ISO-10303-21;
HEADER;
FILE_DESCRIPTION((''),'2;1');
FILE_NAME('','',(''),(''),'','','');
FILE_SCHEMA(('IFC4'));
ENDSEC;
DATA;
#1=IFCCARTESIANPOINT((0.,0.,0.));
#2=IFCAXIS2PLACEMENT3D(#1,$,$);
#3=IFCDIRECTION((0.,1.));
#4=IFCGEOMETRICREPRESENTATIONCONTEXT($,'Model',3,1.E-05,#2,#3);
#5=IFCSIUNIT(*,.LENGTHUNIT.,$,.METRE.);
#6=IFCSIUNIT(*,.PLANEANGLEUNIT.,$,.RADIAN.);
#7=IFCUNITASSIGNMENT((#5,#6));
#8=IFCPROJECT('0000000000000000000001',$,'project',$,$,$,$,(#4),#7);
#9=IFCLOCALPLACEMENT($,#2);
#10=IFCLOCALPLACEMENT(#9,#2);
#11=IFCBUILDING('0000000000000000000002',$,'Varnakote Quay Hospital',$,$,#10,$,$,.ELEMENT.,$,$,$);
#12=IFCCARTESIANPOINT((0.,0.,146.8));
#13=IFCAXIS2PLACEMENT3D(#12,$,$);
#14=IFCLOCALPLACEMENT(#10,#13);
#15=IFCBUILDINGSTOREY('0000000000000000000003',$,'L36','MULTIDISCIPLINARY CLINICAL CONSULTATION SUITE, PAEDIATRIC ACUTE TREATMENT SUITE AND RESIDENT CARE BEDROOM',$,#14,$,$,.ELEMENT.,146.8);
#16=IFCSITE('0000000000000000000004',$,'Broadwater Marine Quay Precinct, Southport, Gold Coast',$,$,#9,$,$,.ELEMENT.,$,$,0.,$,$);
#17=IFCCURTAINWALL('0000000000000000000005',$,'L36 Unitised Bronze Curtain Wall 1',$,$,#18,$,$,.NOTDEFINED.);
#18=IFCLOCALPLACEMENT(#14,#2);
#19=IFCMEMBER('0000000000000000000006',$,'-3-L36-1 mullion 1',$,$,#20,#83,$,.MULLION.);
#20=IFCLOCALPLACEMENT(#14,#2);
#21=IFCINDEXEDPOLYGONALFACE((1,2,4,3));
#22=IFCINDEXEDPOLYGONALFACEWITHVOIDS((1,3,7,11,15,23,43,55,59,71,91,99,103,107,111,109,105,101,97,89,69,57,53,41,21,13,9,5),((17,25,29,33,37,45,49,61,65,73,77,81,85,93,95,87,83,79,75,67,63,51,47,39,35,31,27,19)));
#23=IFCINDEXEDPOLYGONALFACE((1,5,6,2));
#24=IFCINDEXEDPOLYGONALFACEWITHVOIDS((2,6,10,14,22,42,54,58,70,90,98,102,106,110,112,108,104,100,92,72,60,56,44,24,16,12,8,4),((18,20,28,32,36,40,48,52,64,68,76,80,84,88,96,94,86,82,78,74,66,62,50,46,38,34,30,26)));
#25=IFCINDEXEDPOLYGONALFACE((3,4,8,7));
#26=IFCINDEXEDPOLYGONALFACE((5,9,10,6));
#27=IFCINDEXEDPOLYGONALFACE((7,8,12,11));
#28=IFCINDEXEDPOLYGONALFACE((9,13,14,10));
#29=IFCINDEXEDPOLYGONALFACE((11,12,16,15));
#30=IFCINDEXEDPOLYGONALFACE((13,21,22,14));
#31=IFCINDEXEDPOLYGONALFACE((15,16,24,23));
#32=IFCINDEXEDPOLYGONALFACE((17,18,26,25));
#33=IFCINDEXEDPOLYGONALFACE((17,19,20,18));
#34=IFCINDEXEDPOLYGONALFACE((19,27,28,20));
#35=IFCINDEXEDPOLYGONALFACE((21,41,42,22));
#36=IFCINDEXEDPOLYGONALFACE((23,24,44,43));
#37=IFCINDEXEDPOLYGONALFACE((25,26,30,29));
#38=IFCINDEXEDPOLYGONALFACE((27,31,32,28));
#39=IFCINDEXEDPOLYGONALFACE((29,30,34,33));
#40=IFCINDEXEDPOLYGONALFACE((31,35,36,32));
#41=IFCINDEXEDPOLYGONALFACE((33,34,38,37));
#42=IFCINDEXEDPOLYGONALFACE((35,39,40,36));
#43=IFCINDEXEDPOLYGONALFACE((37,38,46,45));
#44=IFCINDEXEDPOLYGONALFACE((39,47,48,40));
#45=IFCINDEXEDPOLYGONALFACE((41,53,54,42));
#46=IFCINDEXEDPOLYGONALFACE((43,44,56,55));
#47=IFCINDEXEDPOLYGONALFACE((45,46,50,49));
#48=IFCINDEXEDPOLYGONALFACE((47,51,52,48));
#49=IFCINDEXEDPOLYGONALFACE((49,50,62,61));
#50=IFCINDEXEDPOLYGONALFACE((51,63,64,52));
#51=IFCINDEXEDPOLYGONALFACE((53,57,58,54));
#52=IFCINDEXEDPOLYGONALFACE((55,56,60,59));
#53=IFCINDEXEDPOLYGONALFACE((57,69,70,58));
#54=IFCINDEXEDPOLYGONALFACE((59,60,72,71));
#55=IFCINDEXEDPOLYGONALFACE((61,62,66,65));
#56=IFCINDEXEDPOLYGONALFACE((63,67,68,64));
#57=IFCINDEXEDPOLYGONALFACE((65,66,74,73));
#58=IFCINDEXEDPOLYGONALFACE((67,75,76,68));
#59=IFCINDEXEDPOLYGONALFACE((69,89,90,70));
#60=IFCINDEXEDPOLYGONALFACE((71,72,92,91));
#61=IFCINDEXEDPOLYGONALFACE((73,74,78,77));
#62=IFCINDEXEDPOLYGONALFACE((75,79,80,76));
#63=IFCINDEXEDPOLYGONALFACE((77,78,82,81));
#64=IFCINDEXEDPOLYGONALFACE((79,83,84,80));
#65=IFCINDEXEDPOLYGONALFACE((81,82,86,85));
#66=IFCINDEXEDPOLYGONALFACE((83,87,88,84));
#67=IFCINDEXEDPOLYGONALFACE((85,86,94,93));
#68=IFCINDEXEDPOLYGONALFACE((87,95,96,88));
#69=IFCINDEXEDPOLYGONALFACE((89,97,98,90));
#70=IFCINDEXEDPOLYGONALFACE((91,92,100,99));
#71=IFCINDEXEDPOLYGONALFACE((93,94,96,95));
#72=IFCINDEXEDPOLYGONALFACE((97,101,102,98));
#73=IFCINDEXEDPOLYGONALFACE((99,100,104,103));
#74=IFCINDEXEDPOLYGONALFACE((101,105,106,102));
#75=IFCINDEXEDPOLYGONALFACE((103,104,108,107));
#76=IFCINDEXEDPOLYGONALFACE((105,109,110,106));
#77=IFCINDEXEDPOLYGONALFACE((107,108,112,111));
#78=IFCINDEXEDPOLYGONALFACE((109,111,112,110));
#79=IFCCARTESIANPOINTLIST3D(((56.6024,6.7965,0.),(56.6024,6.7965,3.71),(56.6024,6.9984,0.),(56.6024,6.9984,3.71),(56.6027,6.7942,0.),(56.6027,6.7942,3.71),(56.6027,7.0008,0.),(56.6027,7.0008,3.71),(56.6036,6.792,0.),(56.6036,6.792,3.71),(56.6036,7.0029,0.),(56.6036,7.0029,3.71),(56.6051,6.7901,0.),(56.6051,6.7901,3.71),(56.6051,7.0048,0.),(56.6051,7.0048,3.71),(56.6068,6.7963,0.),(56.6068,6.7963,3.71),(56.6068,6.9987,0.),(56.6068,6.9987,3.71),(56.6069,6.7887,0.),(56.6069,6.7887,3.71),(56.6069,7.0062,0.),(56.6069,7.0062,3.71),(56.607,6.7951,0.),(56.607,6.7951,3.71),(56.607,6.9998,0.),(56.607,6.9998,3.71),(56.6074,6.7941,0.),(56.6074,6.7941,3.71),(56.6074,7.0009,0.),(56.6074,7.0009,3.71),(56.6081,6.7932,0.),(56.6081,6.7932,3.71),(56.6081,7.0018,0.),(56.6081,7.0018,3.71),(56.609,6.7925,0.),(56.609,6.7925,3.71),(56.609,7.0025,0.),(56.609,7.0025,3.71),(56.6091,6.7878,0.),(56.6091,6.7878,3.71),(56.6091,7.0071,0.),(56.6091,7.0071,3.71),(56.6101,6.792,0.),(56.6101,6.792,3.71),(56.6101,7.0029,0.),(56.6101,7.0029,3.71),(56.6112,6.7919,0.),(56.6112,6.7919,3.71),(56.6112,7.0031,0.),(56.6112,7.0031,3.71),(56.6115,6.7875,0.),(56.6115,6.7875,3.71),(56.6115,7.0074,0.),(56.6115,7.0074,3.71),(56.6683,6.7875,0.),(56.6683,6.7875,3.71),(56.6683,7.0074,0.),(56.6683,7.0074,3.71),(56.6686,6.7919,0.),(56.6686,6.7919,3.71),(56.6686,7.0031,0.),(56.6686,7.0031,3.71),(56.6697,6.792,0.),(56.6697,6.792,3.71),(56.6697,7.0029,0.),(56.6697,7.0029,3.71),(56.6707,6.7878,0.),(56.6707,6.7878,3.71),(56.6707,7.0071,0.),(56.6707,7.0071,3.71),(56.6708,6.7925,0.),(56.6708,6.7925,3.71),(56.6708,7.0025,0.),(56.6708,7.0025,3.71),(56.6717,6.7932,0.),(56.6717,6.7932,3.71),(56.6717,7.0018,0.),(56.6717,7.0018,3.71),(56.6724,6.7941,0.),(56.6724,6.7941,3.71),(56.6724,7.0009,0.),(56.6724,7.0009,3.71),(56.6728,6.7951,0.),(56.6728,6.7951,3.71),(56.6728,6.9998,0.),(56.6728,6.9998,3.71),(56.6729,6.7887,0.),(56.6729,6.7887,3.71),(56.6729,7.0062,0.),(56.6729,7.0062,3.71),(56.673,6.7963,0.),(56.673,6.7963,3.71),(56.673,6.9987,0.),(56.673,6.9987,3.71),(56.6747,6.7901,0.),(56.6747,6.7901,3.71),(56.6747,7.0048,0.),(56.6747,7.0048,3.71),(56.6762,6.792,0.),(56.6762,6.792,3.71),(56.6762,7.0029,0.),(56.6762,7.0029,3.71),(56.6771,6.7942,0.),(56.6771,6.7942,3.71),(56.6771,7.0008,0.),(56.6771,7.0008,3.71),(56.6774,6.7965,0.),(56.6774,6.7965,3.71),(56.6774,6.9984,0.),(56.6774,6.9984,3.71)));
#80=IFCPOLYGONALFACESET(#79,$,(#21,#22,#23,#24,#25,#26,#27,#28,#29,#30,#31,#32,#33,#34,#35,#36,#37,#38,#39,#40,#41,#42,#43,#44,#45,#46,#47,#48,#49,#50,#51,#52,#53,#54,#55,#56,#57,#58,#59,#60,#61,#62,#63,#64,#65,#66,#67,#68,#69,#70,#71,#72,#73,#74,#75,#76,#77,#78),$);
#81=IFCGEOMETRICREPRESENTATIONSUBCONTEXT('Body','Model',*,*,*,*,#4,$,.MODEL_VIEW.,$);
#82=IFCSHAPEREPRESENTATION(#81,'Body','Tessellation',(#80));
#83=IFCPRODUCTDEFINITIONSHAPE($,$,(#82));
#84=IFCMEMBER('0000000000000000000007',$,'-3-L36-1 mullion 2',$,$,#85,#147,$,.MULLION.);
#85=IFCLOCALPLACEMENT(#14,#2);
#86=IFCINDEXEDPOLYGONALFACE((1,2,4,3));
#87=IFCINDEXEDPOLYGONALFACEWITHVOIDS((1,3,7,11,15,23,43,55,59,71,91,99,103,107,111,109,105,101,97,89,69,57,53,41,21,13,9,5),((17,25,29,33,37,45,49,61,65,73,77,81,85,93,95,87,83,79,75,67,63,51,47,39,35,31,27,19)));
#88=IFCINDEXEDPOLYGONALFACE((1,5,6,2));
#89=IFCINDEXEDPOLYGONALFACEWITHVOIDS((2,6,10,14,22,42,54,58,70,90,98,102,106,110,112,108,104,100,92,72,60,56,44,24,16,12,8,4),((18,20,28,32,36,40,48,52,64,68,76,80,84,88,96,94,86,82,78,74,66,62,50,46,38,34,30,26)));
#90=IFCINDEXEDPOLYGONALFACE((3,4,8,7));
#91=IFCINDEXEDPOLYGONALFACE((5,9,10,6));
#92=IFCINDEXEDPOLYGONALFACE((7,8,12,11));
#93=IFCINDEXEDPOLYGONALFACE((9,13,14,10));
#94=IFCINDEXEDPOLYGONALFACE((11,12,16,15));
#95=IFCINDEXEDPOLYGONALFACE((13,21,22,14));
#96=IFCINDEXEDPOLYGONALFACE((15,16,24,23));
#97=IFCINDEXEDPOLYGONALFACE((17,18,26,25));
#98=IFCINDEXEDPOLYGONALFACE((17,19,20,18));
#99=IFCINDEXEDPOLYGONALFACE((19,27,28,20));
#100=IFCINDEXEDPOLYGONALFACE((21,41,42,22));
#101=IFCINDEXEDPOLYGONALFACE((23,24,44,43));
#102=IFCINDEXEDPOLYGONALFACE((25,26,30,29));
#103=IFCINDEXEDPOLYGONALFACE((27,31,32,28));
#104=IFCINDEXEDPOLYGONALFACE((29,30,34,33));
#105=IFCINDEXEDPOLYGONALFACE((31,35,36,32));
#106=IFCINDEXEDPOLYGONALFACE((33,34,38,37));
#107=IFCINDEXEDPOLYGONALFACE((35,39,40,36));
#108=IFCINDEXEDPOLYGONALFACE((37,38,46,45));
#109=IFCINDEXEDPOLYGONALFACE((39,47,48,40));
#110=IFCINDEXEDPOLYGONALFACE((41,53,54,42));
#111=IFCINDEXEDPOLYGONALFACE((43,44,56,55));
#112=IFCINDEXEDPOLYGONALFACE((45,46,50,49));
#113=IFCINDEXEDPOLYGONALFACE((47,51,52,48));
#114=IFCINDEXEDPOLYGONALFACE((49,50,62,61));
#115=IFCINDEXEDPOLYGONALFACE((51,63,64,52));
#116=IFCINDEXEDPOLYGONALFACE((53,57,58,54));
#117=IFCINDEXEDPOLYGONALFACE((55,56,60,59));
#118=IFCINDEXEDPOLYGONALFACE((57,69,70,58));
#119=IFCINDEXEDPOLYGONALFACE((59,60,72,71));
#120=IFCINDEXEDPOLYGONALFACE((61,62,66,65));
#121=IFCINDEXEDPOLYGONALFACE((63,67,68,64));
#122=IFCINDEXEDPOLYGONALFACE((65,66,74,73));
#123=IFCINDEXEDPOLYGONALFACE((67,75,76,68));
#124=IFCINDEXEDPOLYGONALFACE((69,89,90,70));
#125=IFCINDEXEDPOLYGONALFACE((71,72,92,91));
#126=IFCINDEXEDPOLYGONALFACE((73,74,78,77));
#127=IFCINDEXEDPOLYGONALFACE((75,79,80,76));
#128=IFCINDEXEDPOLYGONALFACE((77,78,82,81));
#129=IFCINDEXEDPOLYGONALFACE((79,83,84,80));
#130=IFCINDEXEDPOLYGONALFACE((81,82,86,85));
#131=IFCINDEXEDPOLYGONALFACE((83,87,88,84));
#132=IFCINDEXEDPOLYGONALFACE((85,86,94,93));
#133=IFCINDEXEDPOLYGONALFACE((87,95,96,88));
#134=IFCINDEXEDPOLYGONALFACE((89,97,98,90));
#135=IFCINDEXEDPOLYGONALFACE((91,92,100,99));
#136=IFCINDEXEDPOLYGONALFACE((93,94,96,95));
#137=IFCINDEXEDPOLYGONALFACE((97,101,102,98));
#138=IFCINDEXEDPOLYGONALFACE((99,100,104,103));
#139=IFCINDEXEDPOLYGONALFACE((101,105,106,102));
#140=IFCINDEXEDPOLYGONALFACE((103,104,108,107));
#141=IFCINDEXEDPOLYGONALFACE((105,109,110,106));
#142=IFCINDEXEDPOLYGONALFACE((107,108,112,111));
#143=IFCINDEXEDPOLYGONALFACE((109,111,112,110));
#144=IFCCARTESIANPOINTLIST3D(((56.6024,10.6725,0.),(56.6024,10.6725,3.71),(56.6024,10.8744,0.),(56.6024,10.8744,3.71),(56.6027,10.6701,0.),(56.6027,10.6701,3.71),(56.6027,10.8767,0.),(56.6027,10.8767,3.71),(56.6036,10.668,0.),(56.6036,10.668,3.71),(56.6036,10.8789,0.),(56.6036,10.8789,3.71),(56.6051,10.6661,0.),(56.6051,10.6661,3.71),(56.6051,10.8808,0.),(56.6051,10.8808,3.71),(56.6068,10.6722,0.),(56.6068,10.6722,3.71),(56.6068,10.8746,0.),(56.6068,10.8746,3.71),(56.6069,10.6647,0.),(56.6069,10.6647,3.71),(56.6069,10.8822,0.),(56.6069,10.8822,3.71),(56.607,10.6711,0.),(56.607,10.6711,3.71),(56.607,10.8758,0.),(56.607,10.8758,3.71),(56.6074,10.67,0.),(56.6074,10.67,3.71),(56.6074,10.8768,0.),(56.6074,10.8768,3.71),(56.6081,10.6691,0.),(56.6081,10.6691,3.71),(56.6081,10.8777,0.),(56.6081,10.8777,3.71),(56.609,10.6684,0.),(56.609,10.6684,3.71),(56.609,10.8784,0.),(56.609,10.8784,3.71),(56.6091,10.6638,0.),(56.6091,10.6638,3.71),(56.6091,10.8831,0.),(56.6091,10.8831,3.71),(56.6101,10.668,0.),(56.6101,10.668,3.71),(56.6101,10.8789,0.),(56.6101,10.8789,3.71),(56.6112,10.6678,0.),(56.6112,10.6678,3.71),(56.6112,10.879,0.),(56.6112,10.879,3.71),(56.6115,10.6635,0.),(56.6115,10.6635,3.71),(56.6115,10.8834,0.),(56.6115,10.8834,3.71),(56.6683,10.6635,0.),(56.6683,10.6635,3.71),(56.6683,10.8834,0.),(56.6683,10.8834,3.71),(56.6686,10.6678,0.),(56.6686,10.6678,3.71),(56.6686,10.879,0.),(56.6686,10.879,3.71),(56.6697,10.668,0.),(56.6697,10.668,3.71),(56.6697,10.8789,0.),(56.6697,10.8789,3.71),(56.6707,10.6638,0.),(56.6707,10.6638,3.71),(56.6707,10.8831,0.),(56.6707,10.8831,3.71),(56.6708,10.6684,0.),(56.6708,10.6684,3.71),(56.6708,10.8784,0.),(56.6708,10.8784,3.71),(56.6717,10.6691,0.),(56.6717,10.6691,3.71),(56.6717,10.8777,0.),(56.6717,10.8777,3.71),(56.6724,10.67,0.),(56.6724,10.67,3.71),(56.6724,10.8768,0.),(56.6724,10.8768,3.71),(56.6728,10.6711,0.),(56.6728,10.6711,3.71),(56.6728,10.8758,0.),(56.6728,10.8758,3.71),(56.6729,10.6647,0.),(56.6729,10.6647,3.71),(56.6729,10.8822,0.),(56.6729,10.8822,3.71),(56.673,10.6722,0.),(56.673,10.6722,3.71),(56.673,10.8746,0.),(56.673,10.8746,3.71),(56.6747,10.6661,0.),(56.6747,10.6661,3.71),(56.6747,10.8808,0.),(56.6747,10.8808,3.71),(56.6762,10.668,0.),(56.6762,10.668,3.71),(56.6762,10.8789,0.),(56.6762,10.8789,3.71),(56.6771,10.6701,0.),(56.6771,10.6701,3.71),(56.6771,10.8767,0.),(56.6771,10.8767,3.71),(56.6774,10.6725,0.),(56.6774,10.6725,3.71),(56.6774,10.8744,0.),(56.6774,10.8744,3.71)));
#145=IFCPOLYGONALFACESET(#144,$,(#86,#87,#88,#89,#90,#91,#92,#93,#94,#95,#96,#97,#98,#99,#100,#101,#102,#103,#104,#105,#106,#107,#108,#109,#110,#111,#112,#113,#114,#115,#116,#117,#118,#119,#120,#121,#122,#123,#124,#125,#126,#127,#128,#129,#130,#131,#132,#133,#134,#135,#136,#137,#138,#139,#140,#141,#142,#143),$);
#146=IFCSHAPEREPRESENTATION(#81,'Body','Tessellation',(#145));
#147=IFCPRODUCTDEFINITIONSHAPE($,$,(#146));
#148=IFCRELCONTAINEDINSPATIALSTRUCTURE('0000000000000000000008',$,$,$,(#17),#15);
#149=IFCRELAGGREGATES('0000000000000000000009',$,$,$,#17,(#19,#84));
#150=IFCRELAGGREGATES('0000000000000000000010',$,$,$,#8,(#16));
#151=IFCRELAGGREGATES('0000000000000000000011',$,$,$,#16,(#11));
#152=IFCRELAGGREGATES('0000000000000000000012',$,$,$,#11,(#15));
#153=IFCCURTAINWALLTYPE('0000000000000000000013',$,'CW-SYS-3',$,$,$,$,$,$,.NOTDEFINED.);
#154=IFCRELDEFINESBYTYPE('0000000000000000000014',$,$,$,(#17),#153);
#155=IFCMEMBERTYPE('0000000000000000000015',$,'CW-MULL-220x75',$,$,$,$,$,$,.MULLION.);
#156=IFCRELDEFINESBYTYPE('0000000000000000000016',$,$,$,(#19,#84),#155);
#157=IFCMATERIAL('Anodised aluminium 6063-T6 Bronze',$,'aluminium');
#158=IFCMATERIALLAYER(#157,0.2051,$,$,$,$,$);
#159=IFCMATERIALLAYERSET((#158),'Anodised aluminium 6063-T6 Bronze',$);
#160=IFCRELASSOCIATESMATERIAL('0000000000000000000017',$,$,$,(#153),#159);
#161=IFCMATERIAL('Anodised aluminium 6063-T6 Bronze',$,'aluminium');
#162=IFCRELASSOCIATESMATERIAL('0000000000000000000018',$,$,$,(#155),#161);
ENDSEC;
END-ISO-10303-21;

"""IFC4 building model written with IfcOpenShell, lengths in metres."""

from ifc_helpers import new_model, si_unit, direction, frame, origin, origin_2d, place, context, subcontext, project, spatial, hollow_rectangle, extrude, material, layer, layer_set, material_profile, profile_set, type_object, element, aggregate, save


model = new_model("IFC4")

# Units and contexts
model_context = context("Model", 3, precision=1e-05, world=origin(), true_north=direction((0.0, 1.0)))
body_context = subcontext(model_context, "Body", "Model", "MODEL_VIEW")
ifc_project = project(units=[si_unit("LENGTHUNIT", "METRE"), si_unit("PLANEANGLEUNIT", "RADIAN")], contexts=[model_context])

# Site, building, storey
site_placement = place(None, origin())
site = spatial("IfcSite", under=ifc_project, at=site_placement, Name="Broadwater Marine Quay Precinct, Southport, Gold Coast", CompositionType="ELEMENT", RefElevation=0.0)
building_placement = place(site_placement, origin())
building = spatial("IfcBuilding", under=site, at=building_placement, Name="Varnakote Quay Hospital", CompositionType="ELEMENT")
storey_placement = place(building_placement, frame((0.0, 0.0, 146.8)))
storey = spatial("IfcBuildingStorey", under=building, at=storey_placement, Name="L36", Description="MULTIDISCIPLINARY CLINICAL CONSULTATION SUITE, PAEDIATRIC ACUTE TREATMENT SUITE AND RESIDENT CARE BEDROOM", CompositionType="ELEMENT", Elevation=146.8)

# Curtain wall, members
ifc_material_1 = material(Name="Anodised aluminium 6063-T6 Bronze", Category="aluminium")
ifc_layer_1 = layer(ifc_material_1, 0.2051)
ifc_layer_set_1 = layer_set([ifc_layer_1], Name="Anodised aluminium 6063-T6 Bronze")
curtain_wall_type = type_object("IfcCurtainWallType", Name="CW-SYS-3", PredefinedType="NOTDEFINED", material=ifc_layer_set_1)
curtain_wall_placement = place(storey_placement, origin())
curtain_wall = element("IfcCurtainWall", 1, at=curtain_wall_placement, inside=storey, type_object=curtain_wall_type, Name="L36 Unitised Bronze Curtain Wall 1", PredefinedType="NOTDEFINED")
ifc_material_2 = material(Name="Anodised aluminium 6063-T6 Bronze", Category="aluminium")
ifc_material_profile_1 = material_profile(ifc_material_2, hollow_rectangle(XDim=0.075, YDim=0.22, WallThickness=0.0044, InnerFilletRadius=0.0044, OuterFilletRadius=0.009, at=origin_2d()), Name="CW-MULL-220x75")
ifc_profile_set_1 = profile_set([ifc_material_profile_1], Name="Anodised aluminium 6063-T6 Bronze")
member_type_1 = type_object("IfcMemberType", Name="CW-MULL-220x75", PredefinedType="MULLION", material=ifc_profile_set_1)
member_1_placement = place(storey_placement, frame((56.6399, 6.8975, 0.0), z_axis=(0.0, 0.0, 1.0), x_axis=(-1.0, 0.0, 0.0)))
member_1 = element("IfcMember", 2, at=member_1_placement, type_object=member_type_1, Name="-3-L36-1 mullion 1", PredefinedType="MULLION", context=body_context, shape_type="SweptSolid", body=[
    extrude(hollow_rectangle(XDim=0.075, YDim=0.22, WallThickness=0.0044, InnerFilletRadius=0.0044, OuterFilletRadius=0.009, at=origin_2d()), origin(), (0.0, 0.0, 1.0), 3.71),
])
member_2_placement = place(storey_placement, frame((56.6399, 10.7734, 0.0), z_axis=(0.0, 0.0, 1.0), x_axis=(-1.0, 0.0, 0.0)))
member_2 = element("IfcMember", 3, at=member_2_placement, type_object=member_type_1, Name="-3-L36-1 mullion 2", PredefinedType="MULLION", context=body_context, shape_type="SweptSolid", body=[
    extrude(hollow_rectangle(XDim=0.075, YDim=0.22, WallThickness=0.0044, InnerFilletRadius=0.0044, OuterFilletRadius=0.009, at=origin_2d()), origin(), (0.0, 0.0, 1.0), 3.71),
])
aggregate(curtain_wall, [member_1, member_2])

save(model, "model.ifc")
